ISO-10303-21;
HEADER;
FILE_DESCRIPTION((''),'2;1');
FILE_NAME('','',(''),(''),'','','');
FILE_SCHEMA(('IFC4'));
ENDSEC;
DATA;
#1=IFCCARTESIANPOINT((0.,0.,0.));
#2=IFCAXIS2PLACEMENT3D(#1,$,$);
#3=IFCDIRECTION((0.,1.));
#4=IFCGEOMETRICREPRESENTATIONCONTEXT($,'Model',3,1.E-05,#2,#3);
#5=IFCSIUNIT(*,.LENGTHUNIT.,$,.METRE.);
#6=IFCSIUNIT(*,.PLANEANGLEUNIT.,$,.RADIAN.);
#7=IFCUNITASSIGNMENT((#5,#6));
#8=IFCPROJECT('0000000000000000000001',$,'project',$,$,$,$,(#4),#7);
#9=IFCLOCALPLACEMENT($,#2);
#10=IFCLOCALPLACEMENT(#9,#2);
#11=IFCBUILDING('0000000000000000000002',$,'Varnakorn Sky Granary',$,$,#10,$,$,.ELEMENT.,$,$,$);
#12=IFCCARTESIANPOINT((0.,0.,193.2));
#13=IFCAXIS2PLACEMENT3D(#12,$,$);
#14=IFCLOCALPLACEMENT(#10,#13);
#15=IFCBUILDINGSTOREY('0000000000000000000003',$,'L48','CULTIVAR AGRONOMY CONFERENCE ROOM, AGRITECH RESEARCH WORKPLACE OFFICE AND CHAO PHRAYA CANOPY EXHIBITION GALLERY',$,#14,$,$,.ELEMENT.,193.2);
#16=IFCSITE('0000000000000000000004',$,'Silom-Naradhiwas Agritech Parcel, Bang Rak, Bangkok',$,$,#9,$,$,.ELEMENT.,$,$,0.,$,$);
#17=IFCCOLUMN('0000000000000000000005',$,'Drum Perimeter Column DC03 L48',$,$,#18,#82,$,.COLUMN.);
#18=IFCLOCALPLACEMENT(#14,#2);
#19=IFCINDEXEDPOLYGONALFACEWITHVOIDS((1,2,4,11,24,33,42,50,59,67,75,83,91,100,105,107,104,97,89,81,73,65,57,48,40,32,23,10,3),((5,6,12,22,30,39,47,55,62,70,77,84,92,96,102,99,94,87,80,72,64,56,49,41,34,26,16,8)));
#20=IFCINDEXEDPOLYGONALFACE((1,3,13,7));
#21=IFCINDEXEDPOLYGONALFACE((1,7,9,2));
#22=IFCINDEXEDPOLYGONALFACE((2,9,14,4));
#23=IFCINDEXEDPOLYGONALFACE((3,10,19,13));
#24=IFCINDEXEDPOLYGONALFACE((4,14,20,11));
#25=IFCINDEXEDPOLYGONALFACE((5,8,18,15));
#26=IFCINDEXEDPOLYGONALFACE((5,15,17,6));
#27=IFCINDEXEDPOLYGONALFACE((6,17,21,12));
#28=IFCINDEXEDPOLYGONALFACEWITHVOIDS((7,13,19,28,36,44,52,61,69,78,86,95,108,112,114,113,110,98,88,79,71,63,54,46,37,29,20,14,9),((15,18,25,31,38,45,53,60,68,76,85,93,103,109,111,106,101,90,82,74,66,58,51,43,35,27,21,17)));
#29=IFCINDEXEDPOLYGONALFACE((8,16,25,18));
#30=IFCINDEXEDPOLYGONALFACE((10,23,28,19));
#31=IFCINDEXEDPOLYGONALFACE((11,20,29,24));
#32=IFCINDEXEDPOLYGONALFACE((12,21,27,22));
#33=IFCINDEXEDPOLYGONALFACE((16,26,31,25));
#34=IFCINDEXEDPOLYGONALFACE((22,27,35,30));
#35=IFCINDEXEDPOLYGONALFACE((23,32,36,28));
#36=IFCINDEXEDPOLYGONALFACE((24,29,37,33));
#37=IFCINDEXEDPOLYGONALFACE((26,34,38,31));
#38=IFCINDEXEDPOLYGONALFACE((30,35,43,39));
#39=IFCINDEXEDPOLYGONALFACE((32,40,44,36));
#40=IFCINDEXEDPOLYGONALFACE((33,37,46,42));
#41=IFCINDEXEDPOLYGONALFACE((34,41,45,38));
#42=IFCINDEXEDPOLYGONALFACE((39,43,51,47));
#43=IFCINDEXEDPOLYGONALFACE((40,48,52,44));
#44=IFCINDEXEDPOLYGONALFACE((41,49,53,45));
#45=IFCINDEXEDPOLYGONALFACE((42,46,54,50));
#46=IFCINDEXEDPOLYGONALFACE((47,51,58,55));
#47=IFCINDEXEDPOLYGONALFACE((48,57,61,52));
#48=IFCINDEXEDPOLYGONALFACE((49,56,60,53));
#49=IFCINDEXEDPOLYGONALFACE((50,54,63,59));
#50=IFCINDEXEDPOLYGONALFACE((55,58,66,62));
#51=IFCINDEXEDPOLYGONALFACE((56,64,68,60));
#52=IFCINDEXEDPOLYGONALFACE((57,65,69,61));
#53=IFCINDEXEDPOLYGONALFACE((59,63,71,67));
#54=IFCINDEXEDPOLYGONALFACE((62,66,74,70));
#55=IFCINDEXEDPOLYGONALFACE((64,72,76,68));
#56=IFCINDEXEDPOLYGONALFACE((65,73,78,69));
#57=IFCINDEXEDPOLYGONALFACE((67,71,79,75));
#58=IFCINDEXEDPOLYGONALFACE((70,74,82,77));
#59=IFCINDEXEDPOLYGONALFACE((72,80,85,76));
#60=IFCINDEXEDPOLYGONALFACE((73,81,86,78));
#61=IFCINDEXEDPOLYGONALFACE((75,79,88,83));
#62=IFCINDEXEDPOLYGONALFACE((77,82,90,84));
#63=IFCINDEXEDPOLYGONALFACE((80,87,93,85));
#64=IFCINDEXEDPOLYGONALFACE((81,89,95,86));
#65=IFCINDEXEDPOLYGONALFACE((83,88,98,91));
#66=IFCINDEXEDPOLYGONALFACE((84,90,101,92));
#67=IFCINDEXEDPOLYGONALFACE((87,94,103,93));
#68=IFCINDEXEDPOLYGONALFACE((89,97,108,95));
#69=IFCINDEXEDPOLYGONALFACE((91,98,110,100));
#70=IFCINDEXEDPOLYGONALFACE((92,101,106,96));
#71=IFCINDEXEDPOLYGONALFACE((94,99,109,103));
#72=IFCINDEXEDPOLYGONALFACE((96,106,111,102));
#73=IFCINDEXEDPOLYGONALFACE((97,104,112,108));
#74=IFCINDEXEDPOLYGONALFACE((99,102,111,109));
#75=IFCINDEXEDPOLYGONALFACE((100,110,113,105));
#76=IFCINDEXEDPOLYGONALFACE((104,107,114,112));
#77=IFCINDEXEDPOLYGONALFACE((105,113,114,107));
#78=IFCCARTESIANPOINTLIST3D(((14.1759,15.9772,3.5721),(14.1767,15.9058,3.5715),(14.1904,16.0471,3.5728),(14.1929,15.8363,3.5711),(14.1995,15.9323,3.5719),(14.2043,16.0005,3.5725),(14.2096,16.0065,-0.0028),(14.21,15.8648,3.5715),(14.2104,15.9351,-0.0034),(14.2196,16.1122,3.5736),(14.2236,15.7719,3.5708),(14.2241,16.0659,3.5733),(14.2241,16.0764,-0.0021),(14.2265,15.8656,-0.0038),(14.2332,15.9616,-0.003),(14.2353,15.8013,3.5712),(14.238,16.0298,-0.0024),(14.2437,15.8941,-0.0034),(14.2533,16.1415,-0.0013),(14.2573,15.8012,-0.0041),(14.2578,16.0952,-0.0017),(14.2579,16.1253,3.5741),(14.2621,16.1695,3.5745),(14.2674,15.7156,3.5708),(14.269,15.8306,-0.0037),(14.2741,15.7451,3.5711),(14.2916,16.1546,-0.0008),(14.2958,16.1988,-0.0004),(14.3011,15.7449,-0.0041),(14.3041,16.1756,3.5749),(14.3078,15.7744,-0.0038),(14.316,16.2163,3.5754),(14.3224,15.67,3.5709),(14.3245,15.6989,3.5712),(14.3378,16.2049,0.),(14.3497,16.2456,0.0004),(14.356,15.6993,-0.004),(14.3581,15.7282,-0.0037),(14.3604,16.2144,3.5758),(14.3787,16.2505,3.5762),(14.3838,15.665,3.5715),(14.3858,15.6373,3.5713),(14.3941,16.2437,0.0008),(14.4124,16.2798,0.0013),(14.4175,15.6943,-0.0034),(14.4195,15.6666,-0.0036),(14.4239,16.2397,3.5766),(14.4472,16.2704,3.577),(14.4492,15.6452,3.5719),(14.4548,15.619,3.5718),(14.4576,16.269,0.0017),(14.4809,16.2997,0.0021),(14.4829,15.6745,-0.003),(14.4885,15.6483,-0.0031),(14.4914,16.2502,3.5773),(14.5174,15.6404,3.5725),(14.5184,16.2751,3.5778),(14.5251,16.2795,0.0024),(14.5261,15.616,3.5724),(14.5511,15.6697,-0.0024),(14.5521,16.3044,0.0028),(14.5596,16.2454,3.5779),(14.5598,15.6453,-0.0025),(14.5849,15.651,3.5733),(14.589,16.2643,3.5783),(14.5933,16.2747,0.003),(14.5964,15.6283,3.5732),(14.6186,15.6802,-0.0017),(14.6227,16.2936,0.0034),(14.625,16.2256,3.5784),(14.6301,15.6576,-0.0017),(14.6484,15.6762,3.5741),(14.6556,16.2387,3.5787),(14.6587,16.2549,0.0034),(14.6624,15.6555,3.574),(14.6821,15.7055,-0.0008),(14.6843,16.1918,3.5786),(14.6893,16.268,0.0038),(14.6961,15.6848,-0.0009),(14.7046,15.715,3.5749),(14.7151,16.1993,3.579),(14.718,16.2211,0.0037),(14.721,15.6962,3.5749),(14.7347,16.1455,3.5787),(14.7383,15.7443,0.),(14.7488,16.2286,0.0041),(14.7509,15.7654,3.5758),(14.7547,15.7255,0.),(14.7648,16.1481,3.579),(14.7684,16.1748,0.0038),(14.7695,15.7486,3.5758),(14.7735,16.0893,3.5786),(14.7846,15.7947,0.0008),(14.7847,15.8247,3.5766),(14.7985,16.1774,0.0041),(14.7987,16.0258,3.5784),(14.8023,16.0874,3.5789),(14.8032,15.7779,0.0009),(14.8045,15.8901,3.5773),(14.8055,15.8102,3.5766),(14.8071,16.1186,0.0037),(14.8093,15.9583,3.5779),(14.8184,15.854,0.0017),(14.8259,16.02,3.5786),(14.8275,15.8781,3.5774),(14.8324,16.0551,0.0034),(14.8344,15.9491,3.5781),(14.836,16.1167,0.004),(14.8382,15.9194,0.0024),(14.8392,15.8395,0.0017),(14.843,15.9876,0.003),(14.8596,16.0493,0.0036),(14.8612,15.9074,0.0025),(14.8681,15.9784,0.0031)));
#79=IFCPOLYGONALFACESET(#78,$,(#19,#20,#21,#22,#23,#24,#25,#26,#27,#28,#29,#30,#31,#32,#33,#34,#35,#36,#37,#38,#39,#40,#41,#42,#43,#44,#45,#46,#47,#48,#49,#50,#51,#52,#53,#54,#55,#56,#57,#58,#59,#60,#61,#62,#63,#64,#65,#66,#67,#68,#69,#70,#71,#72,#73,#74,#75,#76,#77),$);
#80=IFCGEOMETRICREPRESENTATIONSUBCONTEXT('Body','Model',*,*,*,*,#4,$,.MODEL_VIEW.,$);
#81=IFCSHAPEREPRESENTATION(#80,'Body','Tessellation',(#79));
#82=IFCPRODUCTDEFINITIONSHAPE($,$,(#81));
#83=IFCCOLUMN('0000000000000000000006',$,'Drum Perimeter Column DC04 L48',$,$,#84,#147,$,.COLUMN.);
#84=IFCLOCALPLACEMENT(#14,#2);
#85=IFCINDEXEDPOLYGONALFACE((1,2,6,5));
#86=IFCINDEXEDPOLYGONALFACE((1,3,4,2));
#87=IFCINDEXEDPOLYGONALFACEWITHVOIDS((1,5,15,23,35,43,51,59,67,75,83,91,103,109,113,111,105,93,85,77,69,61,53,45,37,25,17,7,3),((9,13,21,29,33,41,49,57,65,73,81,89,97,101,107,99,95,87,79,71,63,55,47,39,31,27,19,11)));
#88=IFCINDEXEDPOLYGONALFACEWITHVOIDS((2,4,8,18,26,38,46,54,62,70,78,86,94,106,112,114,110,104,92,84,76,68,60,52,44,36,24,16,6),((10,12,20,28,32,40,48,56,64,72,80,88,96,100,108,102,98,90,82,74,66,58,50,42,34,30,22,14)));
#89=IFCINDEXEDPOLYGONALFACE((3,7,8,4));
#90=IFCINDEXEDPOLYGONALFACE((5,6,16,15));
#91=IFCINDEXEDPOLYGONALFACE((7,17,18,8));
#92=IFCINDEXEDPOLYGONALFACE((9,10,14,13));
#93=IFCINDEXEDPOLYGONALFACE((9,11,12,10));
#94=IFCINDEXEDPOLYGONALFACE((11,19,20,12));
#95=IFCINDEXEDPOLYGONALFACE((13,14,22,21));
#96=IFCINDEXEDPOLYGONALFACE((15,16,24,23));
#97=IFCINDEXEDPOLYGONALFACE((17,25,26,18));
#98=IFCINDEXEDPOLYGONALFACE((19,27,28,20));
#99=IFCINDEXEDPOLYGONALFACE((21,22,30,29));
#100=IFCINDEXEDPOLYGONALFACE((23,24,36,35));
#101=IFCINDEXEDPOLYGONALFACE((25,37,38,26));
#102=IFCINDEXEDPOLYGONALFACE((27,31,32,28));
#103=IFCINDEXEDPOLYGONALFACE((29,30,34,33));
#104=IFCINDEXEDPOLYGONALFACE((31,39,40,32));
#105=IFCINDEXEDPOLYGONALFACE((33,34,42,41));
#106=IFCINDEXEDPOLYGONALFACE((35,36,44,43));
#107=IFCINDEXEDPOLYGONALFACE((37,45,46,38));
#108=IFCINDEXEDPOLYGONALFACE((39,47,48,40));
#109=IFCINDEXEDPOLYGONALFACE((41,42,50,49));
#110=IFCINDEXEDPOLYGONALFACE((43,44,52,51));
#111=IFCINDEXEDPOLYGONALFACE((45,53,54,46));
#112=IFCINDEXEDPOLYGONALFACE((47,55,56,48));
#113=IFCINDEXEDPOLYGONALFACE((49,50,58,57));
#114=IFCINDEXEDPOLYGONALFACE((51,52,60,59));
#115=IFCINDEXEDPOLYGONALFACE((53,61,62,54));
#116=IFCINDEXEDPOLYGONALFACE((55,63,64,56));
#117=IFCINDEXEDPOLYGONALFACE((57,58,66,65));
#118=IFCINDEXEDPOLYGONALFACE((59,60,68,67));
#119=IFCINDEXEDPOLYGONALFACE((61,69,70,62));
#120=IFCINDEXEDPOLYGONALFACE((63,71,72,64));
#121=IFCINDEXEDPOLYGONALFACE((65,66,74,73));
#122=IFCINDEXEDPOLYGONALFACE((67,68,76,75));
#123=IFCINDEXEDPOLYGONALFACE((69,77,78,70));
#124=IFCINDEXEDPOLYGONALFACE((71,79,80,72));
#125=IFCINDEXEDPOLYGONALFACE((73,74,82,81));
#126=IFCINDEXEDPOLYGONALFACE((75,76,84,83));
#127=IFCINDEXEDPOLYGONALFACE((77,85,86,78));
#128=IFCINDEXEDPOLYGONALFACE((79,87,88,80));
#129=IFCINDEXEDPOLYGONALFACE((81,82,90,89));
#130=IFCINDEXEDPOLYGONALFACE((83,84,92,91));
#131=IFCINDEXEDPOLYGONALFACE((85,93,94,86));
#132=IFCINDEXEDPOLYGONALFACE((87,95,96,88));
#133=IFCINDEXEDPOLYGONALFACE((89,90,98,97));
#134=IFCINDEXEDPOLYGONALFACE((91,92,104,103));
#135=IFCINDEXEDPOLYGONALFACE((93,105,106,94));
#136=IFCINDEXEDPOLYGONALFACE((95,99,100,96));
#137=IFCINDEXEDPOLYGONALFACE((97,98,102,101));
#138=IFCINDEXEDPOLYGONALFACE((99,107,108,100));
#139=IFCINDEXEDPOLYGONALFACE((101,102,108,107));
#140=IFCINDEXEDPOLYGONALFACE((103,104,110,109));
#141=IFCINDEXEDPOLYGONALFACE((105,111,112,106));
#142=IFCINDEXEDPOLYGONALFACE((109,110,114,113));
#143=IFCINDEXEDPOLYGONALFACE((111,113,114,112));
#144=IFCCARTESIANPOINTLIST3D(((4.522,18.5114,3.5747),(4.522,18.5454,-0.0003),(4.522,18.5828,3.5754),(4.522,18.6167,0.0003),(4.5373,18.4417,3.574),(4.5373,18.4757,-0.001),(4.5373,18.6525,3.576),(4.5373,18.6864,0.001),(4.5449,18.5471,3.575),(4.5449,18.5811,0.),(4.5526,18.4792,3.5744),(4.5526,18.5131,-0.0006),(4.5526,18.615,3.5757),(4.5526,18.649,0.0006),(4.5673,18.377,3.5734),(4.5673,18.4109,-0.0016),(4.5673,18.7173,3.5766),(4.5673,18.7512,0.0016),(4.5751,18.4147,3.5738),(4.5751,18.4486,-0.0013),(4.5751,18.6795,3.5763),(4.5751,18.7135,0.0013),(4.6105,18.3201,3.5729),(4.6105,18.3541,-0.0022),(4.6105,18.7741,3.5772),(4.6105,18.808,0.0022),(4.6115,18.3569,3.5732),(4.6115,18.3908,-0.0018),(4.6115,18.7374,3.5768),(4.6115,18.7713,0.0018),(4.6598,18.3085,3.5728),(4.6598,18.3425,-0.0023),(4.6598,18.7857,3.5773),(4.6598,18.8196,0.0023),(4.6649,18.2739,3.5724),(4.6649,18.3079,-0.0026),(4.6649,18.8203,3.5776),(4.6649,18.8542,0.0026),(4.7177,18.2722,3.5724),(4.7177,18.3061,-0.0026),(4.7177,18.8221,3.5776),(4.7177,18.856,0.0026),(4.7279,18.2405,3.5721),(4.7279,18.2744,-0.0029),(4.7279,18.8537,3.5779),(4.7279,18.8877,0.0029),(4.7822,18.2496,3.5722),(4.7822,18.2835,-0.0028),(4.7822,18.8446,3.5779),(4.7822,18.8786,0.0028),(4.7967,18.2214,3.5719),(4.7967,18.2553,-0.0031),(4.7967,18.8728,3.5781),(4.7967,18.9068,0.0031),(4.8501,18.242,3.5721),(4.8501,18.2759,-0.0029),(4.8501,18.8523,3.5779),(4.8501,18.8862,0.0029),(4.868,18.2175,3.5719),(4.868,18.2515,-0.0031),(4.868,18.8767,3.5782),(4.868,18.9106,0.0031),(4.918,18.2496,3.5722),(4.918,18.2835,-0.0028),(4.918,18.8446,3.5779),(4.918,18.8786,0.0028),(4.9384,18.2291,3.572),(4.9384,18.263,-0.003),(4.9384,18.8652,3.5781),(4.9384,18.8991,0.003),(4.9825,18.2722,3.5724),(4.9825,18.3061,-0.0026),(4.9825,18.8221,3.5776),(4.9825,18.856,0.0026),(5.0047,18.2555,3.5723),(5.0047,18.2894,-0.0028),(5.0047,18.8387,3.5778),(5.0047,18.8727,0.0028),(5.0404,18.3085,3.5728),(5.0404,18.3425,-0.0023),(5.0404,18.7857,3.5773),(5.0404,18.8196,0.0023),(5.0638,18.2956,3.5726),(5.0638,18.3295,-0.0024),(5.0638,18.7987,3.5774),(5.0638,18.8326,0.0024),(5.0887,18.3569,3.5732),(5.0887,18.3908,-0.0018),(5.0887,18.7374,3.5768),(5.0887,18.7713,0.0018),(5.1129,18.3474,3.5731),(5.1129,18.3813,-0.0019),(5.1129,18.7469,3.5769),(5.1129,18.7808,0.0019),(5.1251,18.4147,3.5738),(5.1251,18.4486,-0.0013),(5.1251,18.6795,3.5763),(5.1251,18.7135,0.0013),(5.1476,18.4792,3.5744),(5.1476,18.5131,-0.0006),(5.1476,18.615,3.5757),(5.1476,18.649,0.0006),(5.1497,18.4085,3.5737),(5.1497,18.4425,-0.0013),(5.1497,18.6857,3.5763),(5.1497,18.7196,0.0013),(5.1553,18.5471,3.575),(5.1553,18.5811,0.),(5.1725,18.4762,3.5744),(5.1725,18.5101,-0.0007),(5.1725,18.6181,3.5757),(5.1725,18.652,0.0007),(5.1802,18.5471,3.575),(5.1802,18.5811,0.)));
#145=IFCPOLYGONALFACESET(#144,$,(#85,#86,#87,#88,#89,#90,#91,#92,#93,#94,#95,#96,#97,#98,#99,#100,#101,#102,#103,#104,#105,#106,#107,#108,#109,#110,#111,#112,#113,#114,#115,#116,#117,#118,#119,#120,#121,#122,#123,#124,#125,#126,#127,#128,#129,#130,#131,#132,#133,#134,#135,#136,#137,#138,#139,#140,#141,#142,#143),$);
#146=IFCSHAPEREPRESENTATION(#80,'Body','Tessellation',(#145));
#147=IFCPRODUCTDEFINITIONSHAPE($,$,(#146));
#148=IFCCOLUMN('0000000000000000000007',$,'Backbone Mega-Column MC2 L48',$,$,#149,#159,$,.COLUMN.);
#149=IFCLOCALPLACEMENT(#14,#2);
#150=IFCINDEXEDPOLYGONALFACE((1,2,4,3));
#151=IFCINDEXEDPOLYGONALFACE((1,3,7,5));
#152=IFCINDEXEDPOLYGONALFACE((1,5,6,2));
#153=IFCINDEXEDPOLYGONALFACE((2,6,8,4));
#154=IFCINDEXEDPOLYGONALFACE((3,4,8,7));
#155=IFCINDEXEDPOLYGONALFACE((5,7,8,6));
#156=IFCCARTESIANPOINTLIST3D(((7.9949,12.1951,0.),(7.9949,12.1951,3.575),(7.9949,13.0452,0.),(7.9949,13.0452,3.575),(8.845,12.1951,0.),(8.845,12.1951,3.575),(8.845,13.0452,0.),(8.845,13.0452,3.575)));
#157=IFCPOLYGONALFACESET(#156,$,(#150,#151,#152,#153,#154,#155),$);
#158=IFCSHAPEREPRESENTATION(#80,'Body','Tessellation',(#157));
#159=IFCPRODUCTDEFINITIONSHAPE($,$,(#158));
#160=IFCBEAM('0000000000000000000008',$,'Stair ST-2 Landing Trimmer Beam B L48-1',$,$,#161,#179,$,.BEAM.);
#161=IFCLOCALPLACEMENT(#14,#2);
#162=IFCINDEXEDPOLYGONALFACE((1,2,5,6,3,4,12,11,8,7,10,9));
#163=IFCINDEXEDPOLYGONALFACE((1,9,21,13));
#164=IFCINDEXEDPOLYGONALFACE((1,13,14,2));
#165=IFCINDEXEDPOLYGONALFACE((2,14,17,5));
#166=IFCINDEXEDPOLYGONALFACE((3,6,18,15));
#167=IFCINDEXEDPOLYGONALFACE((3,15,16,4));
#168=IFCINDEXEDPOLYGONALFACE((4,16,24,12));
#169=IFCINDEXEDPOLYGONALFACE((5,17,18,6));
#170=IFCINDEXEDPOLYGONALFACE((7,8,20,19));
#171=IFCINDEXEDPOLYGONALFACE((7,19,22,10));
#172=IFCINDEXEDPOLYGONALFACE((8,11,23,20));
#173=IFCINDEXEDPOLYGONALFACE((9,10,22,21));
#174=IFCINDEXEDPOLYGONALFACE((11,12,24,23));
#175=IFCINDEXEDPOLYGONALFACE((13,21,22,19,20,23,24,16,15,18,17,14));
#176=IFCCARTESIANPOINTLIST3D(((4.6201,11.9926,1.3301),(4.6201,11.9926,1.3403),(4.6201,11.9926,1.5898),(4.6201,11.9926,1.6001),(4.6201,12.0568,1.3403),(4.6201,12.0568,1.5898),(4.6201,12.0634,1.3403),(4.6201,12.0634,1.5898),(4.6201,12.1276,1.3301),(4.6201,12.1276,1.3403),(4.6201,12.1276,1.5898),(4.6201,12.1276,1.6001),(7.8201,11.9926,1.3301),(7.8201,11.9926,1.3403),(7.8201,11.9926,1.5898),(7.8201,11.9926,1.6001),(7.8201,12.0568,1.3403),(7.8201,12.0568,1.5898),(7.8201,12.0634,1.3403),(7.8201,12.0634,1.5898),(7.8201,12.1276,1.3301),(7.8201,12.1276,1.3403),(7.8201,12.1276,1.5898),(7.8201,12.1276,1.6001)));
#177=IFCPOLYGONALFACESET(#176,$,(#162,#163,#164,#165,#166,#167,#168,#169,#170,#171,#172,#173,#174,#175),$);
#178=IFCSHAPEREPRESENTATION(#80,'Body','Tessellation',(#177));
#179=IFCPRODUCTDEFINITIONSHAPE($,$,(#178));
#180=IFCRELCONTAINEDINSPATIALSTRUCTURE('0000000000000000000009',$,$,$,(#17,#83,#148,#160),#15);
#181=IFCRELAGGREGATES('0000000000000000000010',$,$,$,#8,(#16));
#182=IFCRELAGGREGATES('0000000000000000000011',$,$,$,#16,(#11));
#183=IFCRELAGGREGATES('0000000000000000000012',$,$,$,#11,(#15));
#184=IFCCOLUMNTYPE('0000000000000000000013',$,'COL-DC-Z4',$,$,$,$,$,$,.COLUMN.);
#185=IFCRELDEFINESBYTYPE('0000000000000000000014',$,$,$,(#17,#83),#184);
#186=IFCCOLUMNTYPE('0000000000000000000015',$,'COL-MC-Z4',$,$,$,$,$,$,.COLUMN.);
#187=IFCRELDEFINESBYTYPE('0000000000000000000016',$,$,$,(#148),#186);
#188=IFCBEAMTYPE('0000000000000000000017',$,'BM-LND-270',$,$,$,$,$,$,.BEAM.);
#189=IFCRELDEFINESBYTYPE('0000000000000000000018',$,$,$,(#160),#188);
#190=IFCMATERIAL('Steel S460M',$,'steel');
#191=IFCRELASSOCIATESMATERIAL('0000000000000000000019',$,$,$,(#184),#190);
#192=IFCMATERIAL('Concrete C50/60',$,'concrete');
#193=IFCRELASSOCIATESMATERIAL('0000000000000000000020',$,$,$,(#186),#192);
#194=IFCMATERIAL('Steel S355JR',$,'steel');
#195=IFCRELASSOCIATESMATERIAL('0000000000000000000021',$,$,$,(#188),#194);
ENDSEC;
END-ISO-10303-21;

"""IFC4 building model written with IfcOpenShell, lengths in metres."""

from ifc_helpers import new_model, si_unit, direction, frame, origin, origin_2d, place, context, subcontext, project, spatial, rectangle, hollow_circle, i_section, extrude, material, material_profile, profile_set, type_object, element, save


model = new_model("IFC4")

# Units and contexts
model_context = context("Model", 3, precision=1e-05, world=origin(), true_north=direction((0.0, 1.0)))
body_context = subcontext(model_context, "Body", "Model", "MODEL_VIEW")
ifc_project = project(units=[si_unit("LENGTHUNIT", "METRE"), si_unit("PLANEANGLEUNIT", "RADIAN")], contexts=[model_context])

# Site, building, storey
site_placement = place(None, origin())
site = spatial("IfcSite", under=ifc_project, at=site_placement, Name="Silom-Naradhiwas Agritech Parcel, Bang Rak, Bangkok", CompositionType="ELEMENT", RefElevation=0.0)
building_placement = place(site_placement, origin())
building = spatial("IfcBuilding", under=site, at=building_placement, Name="Varnakorn Sky Granary", CompositionType="ELEMENT")
storey_placement = place(building_placement, frame((0.0, 0.0, 193.2)))
storey = spatial("IfcBuildingStorey", under=building, at=storey_placement, Name="L48", Description="CULTIVAR AGRONOMY CONFERENCE ROOM, AGRITECH RESEARCH WORKPLACE OFFICE AND CHAO PHRAYA CANOPY EXHIBITION GALLERY", CompositionType="ELEMENT", Elevation=193.2)

# Columns
ifc_material_1 = material(Name="Steel S460M", Category="steel")
ifc_material_profile_1 = material_profile(ifc_material_1, hollow_circle(Radius=0.3301, WallThickness=0.0249, at=origin_2d()), Name="CHS 660x25")
ifc_profile_set_1 = profile_set([ifc_material_profile_1], Name="Steel S460M")
column_type_1 = type_object("IfcColumnType", Name="COL-DC-Z4", PredefinedType="COLUMN", material=ifc_profile_set_1)
for number, where, z_axis, x_axis, name in (
    (1, (14.5381, 15.9746, 0.0), (-0.009424, -0.008194, 0.999922), (0.656179, -0.754606, 0.0), "Drum Perimeter Column DC03 L48"),
    (2, (4.8501, 18.5811, 0.0), (0.0, -0.009492, 0.999955), (1.0, 0.0, 0.0), "Drum Perimeter Column DC04 L48"),
):
    element("IfcColumn", number, at=place(storey_placement, frame(where, z_axis=z_axis, x_axis=x_axis)), inside=storey, type_object=column_type_1, Name=name, PredefinedType="COLUMN", context=body_context, shape_type="SweptSolid", body=[
        extrude(hollow_circle(Radius=0.3301, WallThickness=0.0249, at=origin_2d()), origin(), (0.0, 0.0, 1.0), 3.5752),
    ])
ifc_material_2 = material(Name="Concrete C50/60", Category="concrete")
ifc_material_profile_2 = material_profile(ifc_material_2, rectangle(XDim=0.8501, YDim=0.8501, at=origin_2d()), Name="RC 850x850")
ifc_profile_set_2 = profile_set([ifc_material_profile_2], Name="Concrete C50/60")
column_type_2 = type_object("IfcColumnType", Name="COL-MC-Z4", PredefinedType="COLUMN", material=ifc_profile_set_2)
column_placement = place(storey_placement, frame((8.4199, 12.6201, 0.0), z_axis=(0.0, 0.0, 1.0), x_axis=(1.0, 0.0, 0.0)))
element("IfcColumn", 3, at=column_placement, inside=storey, type_object=column_type_2, Name="Backbone Mega-Column MC2 L48", PredefinedType="COLUMN", context=body_context, shape_type="SweptSolid", body=[
    extrude(rectangle(XDim=0.8501, YDim=0.8501, at=origin_2d()), origin(), (0.0, 0.0, 1.0), 3.575),
])

# Beam
ifc_material_3 = material(Name="Steel S355JR", Category="steel")
ifc_material_profile_3 = material_profile(ifc_material_3, i_section(OverallWidth=0.135, OverallDepth=0.27, WebThickness=0.0066, FlangeThickness=0.0103, at=origin_2d()), Name="IPE 270")
ifc_profile_set_3 = profile_set([ifc_material_profile_3], Name="Steel S355JR")
beam_type_1 = type_object("IfcBeamType", Name="BM-LND-270", PredefinedType="BEAM", material=ifc_profile_set_3)
beam_1_placement = place(storey_placement, frame((4.6201, 12.0601, 1.4651), z_axis=(1.0, 0.0, 0.0), x_axis=(0.0, 1.0, 0.0)))
element("IfcBeam", 4, at=beam_1_placement, inside=storey, type_object=beam_type_1, Name="Stair ST-2 Landing Trimmer Beam B L48-1", PredefinedType="BEAM", context=body_context, shape_type="SweptSolid", body=[
    extrude(i_section(OverallWidth=0.135, OverallDepth=0.27, WebThickness=0.0066, FlangeThickness=0.0103, at=origin_2d()), origin(), (0.0, 0.0, 1.0), 3.2),
])

save(model, "model.ifc")
